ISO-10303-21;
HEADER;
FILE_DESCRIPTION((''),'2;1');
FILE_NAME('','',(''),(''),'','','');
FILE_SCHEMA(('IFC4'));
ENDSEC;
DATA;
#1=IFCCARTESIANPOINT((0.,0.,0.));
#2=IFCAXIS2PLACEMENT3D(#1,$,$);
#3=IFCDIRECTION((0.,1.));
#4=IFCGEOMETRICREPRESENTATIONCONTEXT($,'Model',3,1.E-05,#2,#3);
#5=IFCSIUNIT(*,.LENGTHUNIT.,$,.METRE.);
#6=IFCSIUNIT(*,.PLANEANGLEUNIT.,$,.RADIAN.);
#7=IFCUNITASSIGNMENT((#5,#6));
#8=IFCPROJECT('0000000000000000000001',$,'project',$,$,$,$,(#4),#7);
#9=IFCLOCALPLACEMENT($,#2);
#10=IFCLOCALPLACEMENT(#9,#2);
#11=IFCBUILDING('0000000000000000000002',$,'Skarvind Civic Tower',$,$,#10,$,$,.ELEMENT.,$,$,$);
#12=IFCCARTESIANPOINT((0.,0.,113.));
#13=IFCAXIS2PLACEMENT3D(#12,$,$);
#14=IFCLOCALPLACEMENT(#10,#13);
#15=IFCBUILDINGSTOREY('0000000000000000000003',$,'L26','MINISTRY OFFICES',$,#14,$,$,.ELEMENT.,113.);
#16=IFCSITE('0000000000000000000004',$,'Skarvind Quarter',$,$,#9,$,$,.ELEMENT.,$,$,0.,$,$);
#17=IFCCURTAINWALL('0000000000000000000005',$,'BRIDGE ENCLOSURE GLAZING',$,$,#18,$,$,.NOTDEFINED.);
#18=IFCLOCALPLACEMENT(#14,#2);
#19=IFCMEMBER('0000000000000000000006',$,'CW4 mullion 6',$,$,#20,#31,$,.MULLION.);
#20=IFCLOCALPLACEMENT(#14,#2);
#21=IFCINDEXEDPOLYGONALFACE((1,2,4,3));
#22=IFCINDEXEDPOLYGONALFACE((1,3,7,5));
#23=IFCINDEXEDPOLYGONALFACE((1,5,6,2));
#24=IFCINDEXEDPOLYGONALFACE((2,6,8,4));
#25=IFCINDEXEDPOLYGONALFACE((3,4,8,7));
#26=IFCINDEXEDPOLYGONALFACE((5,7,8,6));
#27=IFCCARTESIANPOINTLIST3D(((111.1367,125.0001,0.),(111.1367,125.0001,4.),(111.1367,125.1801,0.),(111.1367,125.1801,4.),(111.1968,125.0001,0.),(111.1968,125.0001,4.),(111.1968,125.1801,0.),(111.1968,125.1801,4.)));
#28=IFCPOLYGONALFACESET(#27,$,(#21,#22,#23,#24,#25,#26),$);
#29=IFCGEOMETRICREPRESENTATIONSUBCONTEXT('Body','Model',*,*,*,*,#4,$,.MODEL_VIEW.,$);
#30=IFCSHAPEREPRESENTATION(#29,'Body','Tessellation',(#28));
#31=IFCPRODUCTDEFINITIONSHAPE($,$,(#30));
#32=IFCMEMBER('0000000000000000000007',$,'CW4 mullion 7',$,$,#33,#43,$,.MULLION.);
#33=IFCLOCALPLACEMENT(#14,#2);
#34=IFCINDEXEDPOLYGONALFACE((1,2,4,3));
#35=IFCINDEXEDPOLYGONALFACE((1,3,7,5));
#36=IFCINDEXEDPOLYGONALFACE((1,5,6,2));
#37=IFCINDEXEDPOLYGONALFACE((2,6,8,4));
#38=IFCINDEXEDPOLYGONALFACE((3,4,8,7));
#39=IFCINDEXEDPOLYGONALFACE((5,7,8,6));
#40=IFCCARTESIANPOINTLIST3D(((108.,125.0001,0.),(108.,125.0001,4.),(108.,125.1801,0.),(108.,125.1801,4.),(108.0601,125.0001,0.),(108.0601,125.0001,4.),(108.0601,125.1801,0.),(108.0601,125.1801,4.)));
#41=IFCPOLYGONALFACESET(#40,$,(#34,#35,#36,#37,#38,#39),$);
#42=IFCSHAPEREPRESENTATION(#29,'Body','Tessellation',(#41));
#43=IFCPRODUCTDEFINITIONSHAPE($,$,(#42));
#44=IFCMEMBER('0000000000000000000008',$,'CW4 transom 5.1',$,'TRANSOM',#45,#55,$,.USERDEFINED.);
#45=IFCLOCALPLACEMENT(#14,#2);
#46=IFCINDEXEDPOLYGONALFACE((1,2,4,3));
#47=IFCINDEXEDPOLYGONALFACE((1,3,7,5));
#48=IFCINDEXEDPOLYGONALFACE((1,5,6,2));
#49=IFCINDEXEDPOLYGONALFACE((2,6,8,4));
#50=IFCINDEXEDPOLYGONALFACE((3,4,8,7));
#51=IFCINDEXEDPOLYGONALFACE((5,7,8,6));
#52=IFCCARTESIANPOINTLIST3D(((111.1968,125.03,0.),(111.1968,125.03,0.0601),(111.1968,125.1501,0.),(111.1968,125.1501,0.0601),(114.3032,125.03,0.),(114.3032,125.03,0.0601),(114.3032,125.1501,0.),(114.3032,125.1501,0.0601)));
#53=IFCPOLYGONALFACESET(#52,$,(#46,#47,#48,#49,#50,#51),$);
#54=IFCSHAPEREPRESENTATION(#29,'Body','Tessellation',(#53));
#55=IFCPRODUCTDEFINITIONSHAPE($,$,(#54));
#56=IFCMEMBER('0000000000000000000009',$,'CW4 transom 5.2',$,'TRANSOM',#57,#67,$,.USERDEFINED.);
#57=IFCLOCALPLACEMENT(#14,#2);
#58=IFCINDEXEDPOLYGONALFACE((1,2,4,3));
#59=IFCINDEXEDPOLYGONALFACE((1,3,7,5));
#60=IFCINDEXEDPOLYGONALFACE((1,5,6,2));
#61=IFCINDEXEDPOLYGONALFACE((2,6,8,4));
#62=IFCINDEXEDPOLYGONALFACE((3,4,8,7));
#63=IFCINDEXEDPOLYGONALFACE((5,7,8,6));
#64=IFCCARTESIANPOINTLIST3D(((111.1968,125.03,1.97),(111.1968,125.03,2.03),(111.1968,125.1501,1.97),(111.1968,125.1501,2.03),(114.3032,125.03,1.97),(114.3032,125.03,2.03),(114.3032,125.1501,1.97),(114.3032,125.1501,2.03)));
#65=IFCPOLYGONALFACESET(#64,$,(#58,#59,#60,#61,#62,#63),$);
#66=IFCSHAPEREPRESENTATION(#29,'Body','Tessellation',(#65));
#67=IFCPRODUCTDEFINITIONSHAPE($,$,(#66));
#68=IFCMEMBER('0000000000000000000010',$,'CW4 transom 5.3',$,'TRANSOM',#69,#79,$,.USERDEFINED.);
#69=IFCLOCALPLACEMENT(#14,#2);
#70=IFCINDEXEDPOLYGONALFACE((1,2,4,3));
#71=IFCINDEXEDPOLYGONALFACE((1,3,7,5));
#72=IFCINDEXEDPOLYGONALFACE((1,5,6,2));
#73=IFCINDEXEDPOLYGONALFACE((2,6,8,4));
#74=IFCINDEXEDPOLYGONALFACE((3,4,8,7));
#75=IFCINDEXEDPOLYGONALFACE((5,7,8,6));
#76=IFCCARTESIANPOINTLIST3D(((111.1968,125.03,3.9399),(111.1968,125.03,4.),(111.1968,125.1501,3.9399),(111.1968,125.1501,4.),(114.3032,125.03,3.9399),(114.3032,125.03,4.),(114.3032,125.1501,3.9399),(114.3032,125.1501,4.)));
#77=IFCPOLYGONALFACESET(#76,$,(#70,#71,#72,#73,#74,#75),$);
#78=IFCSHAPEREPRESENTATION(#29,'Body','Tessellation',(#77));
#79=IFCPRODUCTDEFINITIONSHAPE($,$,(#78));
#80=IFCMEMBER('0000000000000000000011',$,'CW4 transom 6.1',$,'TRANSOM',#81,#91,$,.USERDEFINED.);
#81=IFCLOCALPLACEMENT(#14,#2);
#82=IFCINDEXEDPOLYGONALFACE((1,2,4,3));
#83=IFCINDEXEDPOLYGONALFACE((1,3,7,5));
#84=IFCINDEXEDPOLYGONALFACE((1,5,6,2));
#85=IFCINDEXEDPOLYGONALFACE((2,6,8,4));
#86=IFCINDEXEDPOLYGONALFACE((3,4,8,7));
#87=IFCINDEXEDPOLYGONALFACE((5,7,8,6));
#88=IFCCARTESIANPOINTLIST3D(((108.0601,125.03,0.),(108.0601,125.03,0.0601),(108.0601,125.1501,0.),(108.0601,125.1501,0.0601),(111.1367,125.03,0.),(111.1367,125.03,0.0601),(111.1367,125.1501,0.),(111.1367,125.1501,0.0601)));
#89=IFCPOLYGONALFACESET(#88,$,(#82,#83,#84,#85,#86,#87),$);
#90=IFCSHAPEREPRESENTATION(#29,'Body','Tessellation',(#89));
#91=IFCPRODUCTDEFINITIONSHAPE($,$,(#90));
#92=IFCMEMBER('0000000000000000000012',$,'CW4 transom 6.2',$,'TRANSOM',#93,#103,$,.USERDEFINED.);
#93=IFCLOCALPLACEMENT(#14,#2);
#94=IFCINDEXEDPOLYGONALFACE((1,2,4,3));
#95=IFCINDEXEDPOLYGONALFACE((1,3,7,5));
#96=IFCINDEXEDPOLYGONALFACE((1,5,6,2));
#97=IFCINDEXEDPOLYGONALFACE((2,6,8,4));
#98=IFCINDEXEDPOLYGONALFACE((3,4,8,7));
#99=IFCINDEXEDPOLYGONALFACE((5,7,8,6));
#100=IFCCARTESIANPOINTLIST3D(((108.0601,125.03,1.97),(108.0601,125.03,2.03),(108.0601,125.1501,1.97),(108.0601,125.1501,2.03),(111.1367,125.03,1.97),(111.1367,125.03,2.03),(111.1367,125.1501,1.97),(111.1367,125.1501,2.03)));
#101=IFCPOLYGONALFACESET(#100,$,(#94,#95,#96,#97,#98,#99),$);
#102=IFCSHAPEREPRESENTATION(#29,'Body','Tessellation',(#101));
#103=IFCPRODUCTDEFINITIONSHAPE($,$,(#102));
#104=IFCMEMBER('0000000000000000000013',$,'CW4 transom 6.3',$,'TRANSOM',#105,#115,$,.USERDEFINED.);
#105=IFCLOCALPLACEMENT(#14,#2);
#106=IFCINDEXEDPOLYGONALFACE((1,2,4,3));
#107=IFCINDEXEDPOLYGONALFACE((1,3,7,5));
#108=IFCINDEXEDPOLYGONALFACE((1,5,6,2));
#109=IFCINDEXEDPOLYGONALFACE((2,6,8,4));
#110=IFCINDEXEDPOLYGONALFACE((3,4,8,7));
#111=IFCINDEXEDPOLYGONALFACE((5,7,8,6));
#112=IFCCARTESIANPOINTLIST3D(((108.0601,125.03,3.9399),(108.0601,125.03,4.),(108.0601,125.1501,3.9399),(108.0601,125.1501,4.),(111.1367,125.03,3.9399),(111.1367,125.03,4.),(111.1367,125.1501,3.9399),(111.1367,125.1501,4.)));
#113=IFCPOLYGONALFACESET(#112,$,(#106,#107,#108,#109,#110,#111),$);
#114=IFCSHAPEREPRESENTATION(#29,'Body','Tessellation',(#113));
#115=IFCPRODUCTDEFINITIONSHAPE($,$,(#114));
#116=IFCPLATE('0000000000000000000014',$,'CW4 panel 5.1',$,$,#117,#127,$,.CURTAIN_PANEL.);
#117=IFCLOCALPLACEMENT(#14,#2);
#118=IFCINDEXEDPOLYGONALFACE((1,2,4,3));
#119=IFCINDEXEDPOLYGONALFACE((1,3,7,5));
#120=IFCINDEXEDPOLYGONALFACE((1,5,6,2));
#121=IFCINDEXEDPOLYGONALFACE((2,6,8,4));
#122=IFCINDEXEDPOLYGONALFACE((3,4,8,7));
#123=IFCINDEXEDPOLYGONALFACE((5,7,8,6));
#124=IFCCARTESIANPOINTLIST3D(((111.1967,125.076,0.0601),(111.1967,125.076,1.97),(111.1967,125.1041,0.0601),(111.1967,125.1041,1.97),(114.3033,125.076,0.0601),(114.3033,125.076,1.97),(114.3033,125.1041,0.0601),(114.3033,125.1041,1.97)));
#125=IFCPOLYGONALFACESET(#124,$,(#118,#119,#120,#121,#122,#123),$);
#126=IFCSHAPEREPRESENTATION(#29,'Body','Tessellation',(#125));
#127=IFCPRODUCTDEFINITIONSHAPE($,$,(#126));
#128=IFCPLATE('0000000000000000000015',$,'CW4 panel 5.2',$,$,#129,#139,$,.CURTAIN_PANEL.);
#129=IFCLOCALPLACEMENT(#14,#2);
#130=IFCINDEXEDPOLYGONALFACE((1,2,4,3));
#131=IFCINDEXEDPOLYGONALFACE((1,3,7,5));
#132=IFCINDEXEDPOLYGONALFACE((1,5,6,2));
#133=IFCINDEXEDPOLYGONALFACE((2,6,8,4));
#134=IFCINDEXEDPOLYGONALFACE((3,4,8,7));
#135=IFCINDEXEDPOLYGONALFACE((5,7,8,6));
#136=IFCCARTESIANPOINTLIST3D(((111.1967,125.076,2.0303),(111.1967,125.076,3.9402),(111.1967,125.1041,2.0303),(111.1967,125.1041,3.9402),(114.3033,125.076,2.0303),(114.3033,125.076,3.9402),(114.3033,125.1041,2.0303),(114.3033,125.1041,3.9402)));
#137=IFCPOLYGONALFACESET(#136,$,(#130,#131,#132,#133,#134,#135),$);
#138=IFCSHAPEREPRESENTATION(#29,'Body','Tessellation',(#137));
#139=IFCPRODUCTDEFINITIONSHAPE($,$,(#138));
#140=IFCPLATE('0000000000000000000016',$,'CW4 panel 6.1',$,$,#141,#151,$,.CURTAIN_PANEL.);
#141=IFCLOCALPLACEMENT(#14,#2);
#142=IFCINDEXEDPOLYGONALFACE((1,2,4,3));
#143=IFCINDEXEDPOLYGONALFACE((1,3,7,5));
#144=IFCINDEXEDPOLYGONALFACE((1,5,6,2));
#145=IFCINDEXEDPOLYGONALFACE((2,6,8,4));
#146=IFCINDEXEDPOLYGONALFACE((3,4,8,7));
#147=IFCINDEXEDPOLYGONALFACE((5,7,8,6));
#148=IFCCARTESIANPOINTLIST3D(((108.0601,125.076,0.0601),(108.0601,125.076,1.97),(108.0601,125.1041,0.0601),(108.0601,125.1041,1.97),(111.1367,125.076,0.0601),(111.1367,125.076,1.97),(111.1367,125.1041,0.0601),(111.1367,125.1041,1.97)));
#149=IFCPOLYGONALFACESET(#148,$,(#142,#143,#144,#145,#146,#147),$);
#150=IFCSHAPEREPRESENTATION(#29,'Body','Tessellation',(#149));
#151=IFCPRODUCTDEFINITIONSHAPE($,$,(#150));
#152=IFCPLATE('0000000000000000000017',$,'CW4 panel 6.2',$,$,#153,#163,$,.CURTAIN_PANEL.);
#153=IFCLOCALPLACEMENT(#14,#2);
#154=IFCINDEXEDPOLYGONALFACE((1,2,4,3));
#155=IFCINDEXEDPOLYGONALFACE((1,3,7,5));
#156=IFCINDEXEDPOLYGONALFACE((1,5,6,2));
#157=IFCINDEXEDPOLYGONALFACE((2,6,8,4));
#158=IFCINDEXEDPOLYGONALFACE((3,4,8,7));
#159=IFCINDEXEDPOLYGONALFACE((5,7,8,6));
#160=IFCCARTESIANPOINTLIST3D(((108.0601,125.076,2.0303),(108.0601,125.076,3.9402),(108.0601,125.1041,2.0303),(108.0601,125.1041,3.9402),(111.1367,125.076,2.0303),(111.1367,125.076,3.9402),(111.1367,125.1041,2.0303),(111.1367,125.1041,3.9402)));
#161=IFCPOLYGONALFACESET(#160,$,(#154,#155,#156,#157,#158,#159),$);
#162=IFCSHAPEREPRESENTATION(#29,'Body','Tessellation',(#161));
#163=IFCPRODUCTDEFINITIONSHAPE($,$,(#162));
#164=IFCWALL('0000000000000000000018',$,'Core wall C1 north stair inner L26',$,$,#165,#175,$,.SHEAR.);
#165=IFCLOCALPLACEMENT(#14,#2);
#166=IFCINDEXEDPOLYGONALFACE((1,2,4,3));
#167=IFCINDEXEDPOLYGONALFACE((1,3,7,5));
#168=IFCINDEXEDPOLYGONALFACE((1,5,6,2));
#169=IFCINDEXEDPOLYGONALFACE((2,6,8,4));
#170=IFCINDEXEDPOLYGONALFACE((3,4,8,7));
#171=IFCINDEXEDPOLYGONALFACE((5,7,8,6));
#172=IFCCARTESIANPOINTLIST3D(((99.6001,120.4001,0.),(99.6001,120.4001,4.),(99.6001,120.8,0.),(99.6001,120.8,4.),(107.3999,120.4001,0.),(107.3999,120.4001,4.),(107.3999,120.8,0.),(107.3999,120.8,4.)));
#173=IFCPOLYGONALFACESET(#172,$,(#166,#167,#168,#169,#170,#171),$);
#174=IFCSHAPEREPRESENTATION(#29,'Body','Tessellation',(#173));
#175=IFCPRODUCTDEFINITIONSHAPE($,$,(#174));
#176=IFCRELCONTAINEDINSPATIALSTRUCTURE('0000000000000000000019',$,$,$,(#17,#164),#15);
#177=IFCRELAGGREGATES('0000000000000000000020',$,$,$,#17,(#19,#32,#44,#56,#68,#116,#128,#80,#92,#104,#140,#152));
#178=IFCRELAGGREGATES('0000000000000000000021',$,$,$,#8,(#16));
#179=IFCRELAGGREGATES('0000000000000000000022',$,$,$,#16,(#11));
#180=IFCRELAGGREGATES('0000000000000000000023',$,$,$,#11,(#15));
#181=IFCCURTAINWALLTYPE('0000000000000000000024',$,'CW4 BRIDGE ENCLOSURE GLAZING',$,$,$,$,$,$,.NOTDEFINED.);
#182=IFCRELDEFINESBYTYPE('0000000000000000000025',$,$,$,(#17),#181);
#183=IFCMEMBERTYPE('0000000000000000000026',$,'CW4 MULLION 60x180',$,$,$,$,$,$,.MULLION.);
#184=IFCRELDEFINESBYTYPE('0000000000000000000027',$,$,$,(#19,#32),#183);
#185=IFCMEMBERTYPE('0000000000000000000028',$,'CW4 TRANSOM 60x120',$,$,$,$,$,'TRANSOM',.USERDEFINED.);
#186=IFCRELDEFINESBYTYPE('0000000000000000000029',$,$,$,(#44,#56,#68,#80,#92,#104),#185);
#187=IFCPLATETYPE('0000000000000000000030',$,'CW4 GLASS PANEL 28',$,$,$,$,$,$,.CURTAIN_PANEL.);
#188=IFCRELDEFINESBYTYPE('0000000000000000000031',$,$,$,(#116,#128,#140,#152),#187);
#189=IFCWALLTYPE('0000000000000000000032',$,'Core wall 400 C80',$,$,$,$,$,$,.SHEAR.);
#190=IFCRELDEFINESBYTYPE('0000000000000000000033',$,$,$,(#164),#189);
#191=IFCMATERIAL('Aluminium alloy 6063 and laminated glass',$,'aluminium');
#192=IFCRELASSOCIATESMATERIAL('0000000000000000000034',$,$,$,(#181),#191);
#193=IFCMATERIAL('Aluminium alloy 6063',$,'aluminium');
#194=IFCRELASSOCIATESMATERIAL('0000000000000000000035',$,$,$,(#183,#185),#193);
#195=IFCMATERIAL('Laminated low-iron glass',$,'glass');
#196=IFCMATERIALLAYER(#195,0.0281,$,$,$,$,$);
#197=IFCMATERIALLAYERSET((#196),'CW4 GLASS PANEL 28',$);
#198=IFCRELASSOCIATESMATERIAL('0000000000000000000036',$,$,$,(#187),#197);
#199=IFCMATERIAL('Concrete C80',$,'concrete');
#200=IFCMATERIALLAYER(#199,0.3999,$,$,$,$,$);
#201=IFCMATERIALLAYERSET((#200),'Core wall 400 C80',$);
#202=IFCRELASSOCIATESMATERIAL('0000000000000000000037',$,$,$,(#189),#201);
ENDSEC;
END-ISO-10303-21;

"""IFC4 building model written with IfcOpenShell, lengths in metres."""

from ifc_helpers import new_model, si_unit, direction, frame, frame_2d, origin, origin_2d, place, context, subcontext, project, spatial, rectangle, extrude, material, layer, layer_set, material_profile, profile_set, type_object, element, aggregate, save


model = new_model("IFC4")

# Units and contexts
model_context = context("Model", 3, precision=1e-05, world=origin(), true_north=direction((0.0, 1.0)))
body_context = subcontext(model_context, "Body", "Model", "MODEL_VIEW")
ifc_project = project(units=[si_unit("LENGTHUNIT", "METRE"), si_unit("PLANEANGLEUNIT", "RADIAN")], contexts=[model_context])

# Site, building, storey
site_placement = place(None, origin())
site = spatial("IfcSite", under=ifc_project, at=site_placement, Name="Skarvind Quarter", CompositionType="ELEMENT", RefElevation=0.0)
building_placement = place(site_placement, origin())
building = spatial("IfcBuilding", under=site, at=building_placement, Name="Skarvind Civic Tower", CompositionType="ELEMENT")
storey_placement = place(building_placement, frame((0.0, 0.0, 113.0)))
storey = spatial("IfcBuildingStorey", under=building, at=storey_placement, Name="L26", Description="MINISTRY OFFICES", CompositionType="ELEMENT", Elevation=113.0)

# Curtain wall, members, plates
ifc_material_1 = material(Name="Aluminium alloy 6063 and laminated glass", Category="aluminium")
curtain_wall_type = type_object("IfcCurtainWallType", Name="CW4 BRIDGE ENCLOSURE GLAZING", PredefinedType="NOTDEFINED", material=ifc_material_1)
curtain_wall_placement = place(storey_placement, origin())
curtain_wall = element("IfcCurtainWall", 1, at=curtain_wall_placement, inside=storey, type_object=curtain_wall_type, Name="BRIDGE ENCLOSURE GLAZING", PredefinedType="NOTDEFINED")
ifc_material_2 = material(Name="Aluminium alloy 6063", Category="aluminium")
ifc_material_profile_1 = material_profile(ifc_material_2, rectangle(XDim=0.1799, YDim=0.0601, at=origin_2d()), Name="AL 60x180")
ifc_profile_set_1 = profile_set([ifc_material_profile_1], Name="Aluminium alloy 6063")
member_type_1 = type_object("IfcMemberType", Name="CW4 MULLION 60x180", PredefinedType="MULLION", material=ifc_profile_set_1)
member_1_placement = place(storey_placement, frame((111.1667, 125.0901, 0.0), z_axis=(0.0, 0.0, 1.0), x_axis=(0.0, -1.0, 0.0)))
member_1 = element("IfcMember", 2, at=member_1_placement, type_object=member_type_1, Name="CW4 mullion 6", PredefinedType="MULLION", context=body_context, shape_type="SweptSolid", body=[
    extrude(rectangle(XDim=0.1799, YDim=0.0601, at=origin_2d()), origin(), (0.0, 0.0, 1.0), 4.0),
])
member_2_placement = place(storey_placement, frame((108.03, 125.0901, 0.0), z_axis=(0.0, 0.0, 1.0), x_axis=(0.0, -1.0, 0.0)))
member_2 = element("IfcMember", 3, at=member_2_placement, type_object=member_type_1, Name="CW4 mullion 7", PredefinedType="MULLION", context=body_context, shape_type="SweptSolid", body=[
    extrude(rectangle(XDim=0.1799, YDim=0.0601, at=origin_2d()), origin(), (0.0, 0.0, 1.0), 4.0),
])
ifc_material_profile_2 = material_profile(ifc_material_2, rectangle(XDim=0.1201, YDim=0.0601, at=origin_2d()), Name="AL 60x120")
ifc_profile_set_2 = profile_set([ifc_material_profile_2], Name="Aluminium alloy 6063")
member_type_2 = type_object("IfcMemberType", Name="CW4 TRANSOM 60x120", ElementType="TRANSOM", PredefinedType="USERDEFINED", material=ifc_profile_set_2)
member_3_placement = place(storey_placement, frame((114.3032, 125.0901, 0.03), z_axis=(-1.0, 0.0, 0.0), x_axis=(0.0, -1.0, 0.0)))
member_3 = element("IfcMember", 4, at=member_3_placement, type_object=member_type_2, Name="CW4 transom 5.1", ObjectType="TRANSOM", PredefinedType="USERDEFINED", context=body_context, shape_type="SweptSolid", body=[
    extrude(rectangle(XDim=0.1201, YDim=0.0601, at=origin_2d()), origin(), (0.0, 0.0, 1.0), 3.1064),
])
member_4_placement = place(storey_placement, frame((114.3032, 125.0901, 2.0), z_axis=(-1.0, 0.0, 0.0), x_axis=(0.0, -1.0, 0.0)))
member_4 = element("IfcMember", 5, at=member_4_placement, type_object=member_type_2, Name="CW4 transom 5.2", ObjectType="TRANSOM", PredefinedType="USERDEFINED", context=body_context, shape_type="SweptSolid", body=[
    extrude(rectangle(XDim=0.1201, YDim=0.0601, at=origin_2d()), origin(), (0.0, 0.0, 1.0), 3.1064),
])
member_5_placement = place(storey_placement, frame((114.3032, 125.0901, 3.97), z_axis=(-1.0, 0.0, 0.0), x_axis=(0.0, -1.0, 0.0)))
member_5 = element("IfcMember", 6, at=member_5_placement, type_object=member_type_2, Name="CW4 transom 5.3", ObjectType="TRANSOM", PredefinedType="USERDEFINED", context=body_context, shape_type="SweptSolid", body=[
    extrude(rectangle(XDim=0.1201, YDim=0.0601, at=origin_2d()), origin(), (0.0, 0.0, 1.0), 3.1064),
])
member_6_placement = place(storey_placement, frame((111.1367, 125.0901, 0.03), z_axis=(-1.0, 0.0, 0.0), x_axis=(0.0, -1.0, 0.0)))
member_6 = element("IfcMember", 7, at=member_6_placement, type_object=member_type_2, Name="CW4 transom 6.1", ObjectType="TRANSOM", PredefinedType="USERDEFINED", context=body_context, shape_type="SweptSolid", body=[
    extrude(rectangle(XDim=0.1201, YDim=0.0601, at=origin_2d()), origin(), (0.0, 0.0, 1.0), 3.0767),
])
member_7_placement = place(storey_placement, frame((111.1367, 125.0901, 2.0), z_axis=(-1.0, 0.0, 0.0), x_axis=(0.0, -1.0, 0.0)))
member_7 = element("IfcMember", 8, at=member_7_placement, type_object=member_type_2, Name="CW4 transom 6.2", ObjectType="TRANSOM", PredefinedType="USERDEFINED", context=body_context, shape_type="SweptSolid", body=[
    extrude(rectangle(XDim=0.1201, YDim=0.0601, at=origin_2d()), origin(), (0.0, 0.0, 1.0), 3.0767),
])
member_8_placement = place(storey_placement, frame((111.1367, 125.0901, 3.97), z_axis=(-1.0, 0.0, 0.0), x_axis=(0.0, -1.0, 0.0)))
member_8 = element("IfcMember", 9, at=member_8_placement, type_object=member_type_2, Name="CW4 transom 6.3", ObjectType="TRANSOM", PredefinedType="USERDEFINED", context=body_context, shape_type="SweptSolid", body=[
    extrude(rectangle(XDim=0.1201, YDim=0.0601, at=origin_2d()), origin(), (0.0, 0.0, 1.0), 3.0767),
])
ifc_material_3 = material(Name="Laminated low-iron glass", Category="glass")
ifc_layer_1 = layer(ifc_material_3, 0.0281)
ifc_layer_set_1 = layer_set([ifc_layer_1], Name="CW4 GLASS PANEL 28")
plate_type = type_object("IfcPlateType", Name="CW4 GLASS PANEL 28", PredefinedType="CURTAIN_PANEL", material=ifc_layer_set_1)
plate_1_placement = place(storey_placement, frame((112.75, 125.0901, 0.0601), z_axis=(0.0, 0.0, 1.0), x_axis=(-1.0, 0.0, 0.0)))
plate_1 = element("IfcPlate", 10, at=plate_1_placement, type_object=plate_type, Name="CW4 panel 5.1", PredefinedType="CURTAIN_PANEL", context=body_context, shape_type="SweptSolid", body=[
    extrude(rectangle(XDim=3.1067, YDim=0.0281, at=origin_2d()), origin(), (0.0, 0.0, 1.0), 1.9099),
])
plate_2_placement = place(storey_placement, frame((112.75, 125.0901, 2.0303), z_axis=(0.0, 0.0, 1.0), x_axis=(-1.0, 0.0, 0.0)))
plate_2 = element("IfcPlate", 11, at=plate_2_placement, type_object=plate_type, Name="CW4 panel 5.2", PredefinedType="CURTAIN_PANEL", context=body_context, shape_type="SweptSolid", body=[
    extrude(rectangle(XDim=3.1067, YDim=0.0281, at=origin_2d()), origin(), (0.0, 0.0, 1.0), 1.9099),
])
plate_3_placement = place(storey_placement, frame((109.5984, 125.0901, 0.0601), z_axis=(0.0, 0.0, 1.0), x_axis=(-1.0, 0.0, 0.0)))
plate_3 = element("IfcPlate", 12, at=plate_3_placement, type_object=plate_type, Name="CW4 panel 6.1", PredefinedType="CURTAIN_PANEL", context=body_context, shape_type="SweptSolid", body=[
    extrude(rectangle(XDim=3.0767, YDim=0.0281, at=origin_2d()), origin(), (0.0, 0.0, 1.0), 1.9099),
])
plate_4_placement = place(storey_placement, frame((109.5984, 125.0901, 2.0303), z_axis=(0.0, 0.0, 1.0), x_axis=(-1.0, 0.0, 0.0)))
plate_4 = element("IfcPlate", 13, at=plate_4_placement, type_object=plate_type, Name="CW4 panel 6.2", PredefinedType="CURTAIN_PANEL", context=body_context, shape_type="SweptSolid", body=[
    extrude(rectangle(XDim=3.0767, YDim=0.0281, at=origin_2d()), origin(), (0.0, 0.0, 1.0), 1.9099),
])
aggregate(curtain_wall, [member_1, member_2, member_3, member_4, member_5, plate_1, plate_2, member_6, member_7, member_8, plate_3, plate_4])

# Wall
ifc_material_4 = material(Name="Concrete C80", Category="concrete")
ifc_layer_2 = layer(ifc_material_4, 0.3999)
ifc_layer_set_2 = layer_set([ifc_layer_2], Name="Core wall 400 C80")
wall_type_1 = type_object("IfcWallType", Name="Core wall 400 C80", PredefinedType="SHEAR", material=ifc_layer_set_2)
wall_1_placement = place(storey_placement, frame((107.3999, 120.6001, 0.0), z_axis=(0.0, 0.0, 1.0), x_axis=(-1.0, 0.0, 0.0)))
element("IfcWall", 14, at=wall_1_placement, inside=storey, type_object=wall_type_1, Name="Core wall C1 north stair inner L26", PredefinedType="SHEAR", context=body_context, shape_type="SweptSolid", body=[
    extrude(rectangle(XDim=7.7998, YDim=0.3999, at=frame_2d((3.8999, 0.0))), origin(), (0.0, 0.0, 1.0), 4.0),
])

save(model, "model.ifc")
